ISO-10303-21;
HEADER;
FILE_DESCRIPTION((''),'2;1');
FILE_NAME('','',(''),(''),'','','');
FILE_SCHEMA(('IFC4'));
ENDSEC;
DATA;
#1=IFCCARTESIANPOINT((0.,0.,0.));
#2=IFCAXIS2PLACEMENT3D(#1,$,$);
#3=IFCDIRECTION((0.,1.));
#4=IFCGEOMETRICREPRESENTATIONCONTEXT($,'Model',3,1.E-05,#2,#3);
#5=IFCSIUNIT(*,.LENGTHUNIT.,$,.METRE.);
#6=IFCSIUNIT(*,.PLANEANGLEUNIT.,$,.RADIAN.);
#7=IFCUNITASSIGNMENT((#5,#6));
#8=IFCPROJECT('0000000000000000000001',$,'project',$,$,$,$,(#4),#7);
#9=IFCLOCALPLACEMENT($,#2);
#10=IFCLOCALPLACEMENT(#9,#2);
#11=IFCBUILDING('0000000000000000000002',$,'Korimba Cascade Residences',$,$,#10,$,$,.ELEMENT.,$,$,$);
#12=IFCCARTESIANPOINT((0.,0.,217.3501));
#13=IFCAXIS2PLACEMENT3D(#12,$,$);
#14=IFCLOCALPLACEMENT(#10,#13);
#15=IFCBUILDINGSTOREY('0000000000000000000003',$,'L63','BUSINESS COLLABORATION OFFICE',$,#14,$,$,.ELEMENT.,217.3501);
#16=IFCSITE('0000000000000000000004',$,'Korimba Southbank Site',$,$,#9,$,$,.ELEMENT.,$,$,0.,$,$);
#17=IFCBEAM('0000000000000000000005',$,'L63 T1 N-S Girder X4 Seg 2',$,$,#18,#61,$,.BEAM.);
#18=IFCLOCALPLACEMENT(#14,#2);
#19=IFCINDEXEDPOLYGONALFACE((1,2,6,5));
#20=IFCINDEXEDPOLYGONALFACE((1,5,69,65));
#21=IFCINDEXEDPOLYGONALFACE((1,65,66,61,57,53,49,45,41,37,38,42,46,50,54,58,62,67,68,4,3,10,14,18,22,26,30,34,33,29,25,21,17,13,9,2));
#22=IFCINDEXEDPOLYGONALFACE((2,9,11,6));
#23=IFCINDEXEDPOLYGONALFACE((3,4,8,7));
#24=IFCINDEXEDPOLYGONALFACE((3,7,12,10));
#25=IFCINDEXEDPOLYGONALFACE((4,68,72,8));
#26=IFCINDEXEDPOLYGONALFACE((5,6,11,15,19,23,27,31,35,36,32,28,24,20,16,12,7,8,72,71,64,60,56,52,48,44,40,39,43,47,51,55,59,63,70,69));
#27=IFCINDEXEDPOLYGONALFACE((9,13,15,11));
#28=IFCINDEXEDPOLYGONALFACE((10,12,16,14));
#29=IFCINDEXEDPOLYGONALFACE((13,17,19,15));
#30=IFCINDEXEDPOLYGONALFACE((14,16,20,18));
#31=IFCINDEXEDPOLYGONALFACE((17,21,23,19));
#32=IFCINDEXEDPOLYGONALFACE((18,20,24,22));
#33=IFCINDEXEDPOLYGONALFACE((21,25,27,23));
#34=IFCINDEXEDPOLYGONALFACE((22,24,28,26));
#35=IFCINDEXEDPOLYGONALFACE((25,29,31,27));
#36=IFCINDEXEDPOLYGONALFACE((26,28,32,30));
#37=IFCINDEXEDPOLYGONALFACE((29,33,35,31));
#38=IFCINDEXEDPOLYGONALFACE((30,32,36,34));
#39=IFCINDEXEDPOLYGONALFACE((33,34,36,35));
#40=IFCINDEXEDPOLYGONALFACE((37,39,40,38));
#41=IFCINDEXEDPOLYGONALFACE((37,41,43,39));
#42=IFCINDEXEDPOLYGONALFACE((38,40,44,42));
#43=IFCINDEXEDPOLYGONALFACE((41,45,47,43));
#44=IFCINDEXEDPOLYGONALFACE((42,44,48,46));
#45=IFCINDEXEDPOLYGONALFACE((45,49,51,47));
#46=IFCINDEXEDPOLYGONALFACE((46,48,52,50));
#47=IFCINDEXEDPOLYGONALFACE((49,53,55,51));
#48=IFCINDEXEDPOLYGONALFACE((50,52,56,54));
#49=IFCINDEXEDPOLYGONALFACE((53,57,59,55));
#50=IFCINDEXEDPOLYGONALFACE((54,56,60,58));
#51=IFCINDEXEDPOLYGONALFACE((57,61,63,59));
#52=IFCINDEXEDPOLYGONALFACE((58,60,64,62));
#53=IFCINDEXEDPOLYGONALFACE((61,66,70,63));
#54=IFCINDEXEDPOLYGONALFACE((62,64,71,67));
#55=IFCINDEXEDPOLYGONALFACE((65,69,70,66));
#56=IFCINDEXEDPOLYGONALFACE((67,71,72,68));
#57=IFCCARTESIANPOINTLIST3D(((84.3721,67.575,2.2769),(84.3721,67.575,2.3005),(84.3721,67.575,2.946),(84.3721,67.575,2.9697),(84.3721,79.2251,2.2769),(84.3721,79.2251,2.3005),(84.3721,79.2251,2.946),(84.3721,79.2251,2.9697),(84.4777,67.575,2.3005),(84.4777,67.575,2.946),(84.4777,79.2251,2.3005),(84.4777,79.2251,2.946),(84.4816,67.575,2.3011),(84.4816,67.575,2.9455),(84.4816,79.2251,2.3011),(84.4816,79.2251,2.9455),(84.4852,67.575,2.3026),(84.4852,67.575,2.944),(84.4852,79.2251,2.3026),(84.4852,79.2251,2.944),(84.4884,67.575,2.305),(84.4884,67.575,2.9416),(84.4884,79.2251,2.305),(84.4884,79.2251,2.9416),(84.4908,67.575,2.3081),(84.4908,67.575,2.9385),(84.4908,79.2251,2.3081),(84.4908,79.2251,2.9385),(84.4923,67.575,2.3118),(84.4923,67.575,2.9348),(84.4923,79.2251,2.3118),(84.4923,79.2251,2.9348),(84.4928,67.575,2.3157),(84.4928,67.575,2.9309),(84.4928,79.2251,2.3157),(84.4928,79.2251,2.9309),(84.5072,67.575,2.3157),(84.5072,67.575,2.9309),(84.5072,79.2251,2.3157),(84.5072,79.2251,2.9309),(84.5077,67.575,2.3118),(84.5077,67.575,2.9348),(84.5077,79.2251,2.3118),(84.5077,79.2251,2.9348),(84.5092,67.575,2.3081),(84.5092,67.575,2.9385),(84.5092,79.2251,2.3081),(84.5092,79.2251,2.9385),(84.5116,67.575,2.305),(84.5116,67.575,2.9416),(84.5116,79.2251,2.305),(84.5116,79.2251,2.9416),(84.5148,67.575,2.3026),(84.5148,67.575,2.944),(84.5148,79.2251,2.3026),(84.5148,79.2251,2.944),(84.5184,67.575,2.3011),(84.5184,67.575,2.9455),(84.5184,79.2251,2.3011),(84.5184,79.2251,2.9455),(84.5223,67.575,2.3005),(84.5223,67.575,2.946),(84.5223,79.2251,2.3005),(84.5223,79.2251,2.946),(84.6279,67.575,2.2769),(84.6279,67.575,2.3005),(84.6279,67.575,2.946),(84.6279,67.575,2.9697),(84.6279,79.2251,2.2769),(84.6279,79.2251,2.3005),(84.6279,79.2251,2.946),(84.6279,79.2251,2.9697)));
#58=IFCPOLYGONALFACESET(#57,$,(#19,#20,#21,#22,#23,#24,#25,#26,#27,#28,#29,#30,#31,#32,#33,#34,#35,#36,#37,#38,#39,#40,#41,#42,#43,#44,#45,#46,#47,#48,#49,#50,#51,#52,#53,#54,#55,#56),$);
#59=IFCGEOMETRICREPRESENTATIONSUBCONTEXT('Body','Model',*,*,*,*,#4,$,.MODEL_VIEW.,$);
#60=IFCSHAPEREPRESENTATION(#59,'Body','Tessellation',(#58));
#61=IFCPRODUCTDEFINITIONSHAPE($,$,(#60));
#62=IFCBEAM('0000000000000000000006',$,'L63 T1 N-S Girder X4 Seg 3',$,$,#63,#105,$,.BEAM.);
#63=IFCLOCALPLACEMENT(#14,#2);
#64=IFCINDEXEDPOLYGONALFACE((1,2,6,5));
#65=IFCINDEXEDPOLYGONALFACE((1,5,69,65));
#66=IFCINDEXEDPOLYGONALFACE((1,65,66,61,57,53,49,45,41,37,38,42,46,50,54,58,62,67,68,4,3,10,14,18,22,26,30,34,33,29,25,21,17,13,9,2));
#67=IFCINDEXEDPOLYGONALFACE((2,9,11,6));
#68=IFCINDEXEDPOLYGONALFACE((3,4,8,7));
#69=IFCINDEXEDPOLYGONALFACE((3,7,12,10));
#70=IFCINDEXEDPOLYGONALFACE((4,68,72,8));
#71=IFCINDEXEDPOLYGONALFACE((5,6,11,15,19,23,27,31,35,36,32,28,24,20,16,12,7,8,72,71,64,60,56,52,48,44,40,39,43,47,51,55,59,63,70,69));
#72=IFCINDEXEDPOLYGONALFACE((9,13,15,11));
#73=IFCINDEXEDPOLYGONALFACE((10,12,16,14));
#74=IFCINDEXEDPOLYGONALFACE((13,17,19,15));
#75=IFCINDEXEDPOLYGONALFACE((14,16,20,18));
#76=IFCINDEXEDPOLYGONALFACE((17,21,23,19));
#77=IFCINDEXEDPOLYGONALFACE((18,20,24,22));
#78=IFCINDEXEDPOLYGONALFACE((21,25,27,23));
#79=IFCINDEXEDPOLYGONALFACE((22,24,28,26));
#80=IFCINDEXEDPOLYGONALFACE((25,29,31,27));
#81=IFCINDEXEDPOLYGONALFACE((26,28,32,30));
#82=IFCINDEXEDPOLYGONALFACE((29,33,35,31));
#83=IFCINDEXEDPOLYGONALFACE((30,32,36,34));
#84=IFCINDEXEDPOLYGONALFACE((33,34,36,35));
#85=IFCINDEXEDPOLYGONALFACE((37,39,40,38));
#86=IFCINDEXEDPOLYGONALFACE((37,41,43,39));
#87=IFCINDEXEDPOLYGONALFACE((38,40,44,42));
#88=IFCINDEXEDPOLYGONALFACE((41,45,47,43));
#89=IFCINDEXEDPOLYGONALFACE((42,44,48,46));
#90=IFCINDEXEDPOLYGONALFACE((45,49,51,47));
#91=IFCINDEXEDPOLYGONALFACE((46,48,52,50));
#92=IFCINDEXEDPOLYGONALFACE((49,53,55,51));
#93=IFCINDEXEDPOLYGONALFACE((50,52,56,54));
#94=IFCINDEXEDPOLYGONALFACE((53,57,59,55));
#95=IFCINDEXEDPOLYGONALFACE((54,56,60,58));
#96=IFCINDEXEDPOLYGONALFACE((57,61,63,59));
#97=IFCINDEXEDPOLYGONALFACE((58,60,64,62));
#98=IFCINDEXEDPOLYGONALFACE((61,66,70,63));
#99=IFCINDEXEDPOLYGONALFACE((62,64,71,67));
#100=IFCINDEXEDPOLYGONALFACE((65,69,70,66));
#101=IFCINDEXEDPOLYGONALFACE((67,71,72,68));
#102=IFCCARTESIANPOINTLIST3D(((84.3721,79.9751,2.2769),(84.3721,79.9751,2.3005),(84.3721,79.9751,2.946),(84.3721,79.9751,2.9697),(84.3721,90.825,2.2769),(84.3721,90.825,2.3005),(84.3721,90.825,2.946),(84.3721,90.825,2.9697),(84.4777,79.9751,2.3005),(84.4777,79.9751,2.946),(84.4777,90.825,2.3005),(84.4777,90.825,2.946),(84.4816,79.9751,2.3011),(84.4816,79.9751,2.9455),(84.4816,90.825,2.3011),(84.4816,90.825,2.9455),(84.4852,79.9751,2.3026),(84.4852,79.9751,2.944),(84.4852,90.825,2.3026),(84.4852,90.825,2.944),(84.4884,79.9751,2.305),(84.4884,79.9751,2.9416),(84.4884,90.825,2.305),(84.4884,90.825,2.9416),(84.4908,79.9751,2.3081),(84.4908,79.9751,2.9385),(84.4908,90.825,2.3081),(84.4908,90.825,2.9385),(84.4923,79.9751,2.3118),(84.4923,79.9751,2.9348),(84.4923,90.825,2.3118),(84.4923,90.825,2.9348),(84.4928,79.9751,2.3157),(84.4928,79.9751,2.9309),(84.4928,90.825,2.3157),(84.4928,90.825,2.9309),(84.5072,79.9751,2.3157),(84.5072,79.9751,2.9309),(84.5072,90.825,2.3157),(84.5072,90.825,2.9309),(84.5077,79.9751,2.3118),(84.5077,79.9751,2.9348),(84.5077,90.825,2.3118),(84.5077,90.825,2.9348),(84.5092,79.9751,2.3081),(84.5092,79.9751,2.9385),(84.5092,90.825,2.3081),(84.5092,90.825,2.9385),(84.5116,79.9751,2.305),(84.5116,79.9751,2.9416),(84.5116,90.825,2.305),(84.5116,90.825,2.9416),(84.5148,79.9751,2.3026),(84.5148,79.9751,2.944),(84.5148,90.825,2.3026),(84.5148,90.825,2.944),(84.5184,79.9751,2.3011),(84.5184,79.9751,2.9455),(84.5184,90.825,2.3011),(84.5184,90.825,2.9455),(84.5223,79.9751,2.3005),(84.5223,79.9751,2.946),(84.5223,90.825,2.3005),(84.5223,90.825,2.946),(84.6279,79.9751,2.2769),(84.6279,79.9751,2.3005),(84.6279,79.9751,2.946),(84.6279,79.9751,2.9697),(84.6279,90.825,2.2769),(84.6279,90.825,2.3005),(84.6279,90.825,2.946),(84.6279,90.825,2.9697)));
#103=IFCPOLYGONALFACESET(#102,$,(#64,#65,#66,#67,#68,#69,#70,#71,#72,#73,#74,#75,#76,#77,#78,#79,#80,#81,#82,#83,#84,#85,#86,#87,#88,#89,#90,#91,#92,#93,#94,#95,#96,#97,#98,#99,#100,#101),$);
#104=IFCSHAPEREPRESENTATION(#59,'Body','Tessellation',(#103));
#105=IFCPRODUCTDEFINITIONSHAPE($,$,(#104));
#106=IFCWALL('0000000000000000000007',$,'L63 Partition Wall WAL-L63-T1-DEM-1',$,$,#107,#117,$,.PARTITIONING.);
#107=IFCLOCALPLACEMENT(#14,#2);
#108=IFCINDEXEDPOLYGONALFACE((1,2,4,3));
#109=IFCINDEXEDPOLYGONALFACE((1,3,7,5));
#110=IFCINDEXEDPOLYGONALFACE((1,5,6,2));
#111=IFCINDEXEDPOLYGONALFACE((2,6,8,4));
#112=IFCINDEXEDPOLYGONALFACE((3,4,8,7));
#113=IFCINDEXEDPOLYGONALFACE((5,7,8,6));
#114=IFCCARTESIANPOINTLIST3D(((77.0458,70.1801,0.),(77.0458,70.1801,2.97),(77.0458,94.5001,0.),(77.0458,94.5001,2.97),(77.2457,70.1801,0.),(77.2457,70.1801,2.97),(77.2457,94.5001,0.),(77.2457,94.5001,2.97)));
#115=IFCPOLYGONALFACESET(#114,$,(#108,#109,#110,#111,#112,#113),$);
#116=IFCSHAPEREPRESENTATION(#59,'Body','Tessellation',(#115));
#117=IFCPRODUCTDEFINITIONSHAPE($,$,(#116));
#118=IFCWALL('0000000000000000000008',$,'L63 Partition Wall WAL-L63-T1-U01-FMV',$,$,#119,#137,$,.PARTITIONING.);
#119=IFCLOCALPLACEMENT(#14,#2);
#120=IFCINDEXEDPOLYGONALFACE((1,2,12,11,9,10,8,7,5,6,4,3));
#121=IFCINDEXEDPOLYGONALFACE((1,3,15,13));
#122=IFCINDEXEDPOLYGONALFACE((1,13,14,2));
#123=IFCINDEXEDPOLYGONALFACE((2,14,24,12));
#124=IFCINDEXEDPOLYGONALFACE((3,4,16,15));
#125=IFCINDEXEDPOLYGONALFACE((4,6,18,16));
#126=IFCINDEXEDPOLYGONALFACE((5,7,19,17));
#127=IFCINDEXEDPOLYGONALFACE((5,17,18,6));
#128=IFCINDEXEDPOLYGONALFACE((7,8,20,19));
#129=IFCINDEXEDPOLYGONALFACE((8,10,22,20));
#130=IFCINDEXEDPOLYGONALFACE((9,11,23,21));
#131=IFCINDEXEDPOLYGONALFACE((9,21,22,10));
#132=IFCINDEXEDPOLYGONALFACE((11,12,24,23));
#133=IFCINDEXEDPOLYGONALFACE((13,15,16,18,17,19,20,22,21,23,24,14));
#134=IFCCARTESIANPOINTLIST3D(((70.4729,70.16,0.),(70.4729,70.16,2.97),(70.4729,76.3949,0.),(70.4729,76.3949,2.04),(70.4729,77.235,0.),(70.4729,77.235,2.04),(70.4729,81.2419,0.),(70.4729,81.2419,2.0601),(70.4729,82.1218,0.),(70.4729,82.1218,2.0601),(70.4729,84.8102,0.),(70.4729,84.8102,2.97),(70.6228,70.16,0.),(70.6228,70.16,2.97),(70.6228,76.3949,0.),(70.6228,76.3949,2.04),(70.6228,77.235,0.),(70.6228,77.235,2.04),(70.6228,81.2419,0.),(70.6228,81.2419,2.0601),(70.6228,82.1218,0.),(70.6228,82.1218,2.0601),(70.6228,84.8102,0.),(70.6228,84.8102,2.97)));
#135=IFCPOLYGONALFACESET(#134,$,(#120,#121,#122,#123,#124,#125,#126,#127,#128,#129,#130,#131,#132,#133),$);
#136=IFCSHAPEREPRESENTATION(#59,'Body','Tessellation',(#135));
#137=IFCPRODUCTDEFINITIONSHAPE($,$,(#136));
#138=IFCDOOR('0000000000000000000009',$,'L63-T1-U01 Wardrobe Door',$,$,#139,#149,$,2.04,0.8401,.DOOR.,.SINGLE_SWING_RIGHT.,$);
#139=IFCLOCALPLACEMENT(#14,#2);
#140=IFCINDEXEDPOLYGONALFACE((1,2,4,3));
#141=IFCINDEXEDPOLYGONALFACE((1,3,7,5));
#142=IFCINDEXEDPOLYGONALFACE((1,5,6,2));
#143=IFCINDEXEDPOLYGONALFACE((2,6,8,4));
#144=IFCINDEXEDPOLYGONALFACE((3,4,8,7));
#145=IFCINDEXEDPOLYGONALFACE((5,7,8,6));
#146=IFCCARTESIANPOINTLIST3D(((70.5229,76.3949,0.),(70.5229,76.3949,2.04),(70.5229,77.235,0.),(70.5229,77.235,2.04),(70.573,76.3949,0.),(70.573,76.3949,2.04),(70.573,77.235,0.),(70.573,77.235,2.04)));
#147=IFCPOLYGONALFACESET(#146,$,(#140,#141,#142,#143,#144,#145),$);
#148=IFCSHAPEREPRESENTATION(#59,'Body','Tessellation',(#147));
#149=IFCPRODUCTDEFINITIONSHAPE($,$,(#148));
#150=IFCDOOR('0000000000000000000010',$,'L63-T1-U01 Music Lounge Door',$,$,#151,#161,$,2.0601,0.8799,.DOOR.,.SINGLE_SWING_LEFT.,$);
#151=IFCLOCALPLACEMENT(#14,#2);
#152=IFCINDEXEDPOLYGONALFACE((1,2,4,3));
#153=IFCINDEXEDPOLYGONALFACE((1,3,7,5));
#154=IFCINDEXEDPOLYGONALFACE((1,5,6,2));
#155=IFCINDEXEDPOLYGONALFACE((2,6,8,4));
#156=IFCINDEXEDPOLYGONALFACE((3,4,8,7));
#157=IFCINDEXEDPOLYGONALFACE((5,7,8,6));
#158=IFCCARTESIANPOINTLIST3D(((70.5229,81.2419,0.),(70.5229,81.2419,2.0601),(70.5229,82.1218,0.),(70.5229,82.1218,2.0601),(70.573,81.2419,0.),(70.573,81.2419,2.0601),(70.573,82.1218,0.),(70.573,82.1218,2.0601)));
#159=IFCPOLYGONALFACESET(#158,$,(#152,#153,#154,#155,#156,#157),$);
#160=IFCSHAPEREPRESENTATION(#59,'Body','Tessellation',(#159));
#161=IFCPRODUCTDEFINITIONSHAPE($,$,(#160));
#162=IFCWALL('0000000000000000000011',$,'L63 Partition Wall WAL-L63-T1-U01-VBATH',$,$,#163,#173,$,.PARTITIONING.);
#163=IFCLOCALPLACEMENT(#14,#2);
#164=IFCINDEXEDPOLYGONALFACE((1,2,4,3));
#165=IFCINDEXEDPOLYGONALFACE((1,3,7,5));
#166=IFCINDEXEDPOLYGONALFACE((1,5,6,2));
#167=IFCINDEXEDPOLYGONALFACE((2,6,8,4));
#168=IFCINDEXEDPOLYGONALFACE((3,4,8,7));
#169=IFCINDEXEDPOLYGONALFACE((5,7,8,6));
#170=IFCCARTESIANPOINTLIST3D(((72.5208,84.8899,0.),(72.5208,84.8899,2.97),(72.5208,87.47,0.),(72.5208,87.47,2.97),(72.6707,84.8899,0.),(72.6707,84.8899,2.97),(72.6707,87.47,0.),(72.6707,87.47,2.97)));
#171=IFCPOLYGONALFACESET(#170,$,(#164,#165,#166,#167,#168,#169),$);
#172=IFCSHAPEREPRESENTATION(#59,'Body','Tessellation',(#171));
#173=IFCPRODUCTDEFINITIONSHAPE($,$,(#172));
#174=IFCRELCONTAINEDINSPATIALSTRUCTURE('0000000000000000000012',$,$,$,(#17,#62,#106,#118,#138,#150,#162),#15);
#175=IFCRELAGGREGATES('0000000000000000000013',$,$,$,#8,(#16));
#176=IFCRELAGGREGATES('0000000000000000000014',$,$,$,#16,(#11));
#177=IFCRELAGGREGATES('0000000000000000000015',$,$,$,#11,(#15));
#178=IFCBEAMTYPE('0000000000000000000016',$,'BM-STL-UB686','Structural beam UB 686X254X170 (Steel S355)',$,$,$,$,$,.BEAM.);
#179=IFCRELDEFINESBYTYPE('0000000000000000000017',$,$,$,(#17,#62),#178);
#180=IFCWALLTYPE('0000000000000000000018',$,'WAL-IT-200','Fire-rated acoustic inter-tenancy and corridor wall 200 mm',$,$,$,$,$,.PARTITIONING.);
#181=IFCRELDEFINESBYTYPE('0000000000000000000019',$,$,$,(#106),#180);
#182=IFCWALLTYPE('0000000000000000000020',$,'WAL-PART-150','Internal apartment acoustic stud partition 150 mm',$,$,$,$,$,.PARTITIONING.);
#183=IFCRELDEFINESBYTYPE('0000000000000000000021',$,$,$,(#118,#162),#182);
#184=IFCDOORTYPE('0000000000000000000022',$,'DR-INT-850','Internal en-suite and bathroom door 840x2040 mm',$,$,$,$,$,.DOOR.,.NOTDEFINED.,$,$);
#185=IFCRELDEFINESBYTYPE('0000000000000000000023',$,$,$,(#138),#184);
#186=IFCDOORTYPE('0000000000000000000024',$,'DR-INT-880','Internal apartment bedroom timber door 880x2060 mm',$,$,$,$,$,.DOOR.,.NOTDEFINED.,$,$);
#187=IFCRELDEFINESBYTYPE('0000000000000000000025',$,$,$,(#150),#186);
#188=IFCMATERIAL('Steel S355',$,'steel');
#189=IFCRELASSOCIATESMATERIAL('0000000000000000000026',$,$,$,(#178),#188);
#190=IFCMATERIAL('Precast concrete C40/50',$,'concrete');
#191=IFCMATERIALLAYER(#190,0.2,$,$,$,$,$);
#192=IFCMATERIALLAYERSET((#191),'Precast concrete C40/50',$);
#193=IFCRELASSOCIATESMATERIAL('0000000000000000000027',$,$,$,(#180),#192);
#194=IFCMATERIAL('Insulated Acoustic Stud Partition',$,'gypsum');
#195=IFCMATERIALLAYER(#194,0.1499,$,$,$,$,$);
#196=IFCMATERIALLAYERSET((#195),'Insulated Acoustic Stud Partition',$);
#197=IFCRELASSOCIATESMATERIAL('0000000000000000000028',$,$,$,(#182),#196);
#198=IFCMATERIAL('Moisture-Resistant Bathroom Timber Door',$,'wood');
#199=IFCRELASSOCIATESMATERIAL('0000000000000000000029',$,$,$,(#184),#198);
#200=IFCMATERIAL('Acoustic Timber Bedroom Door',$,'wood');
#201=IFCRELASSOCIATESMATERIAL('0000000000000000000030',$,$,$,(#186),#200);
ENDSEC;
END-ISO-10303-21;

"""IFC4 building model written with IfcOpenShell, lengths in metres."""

from ifc_helpers import new_model, si_unit, direction, frame, frame_2d, origin, origin_2d, place, context, subcontext, project, spatial, rectangle, i_section, extrude, material, layer, layer_set, material_profile, profile_set, type_object, element, fill, save


model = new_model("IFC4")

# Units and contexts
model_context = context("Model", 3, precision=1e-05, world=origin(), true_north=direction((0.0, 1.0)))
body_context = subcontext(model_context, "Body", "Model", "MODEL_VIEW")
ifc_project = project(units=[si_unit("LENGTHUNIT", "METRE"), si_unit("PLANEANGLEUNIT", "RADIAN")], contexts=[model_context])

# Site, building, storey
site_placement = place(None, origin())
site = spatial("IfcSite", under=ifc_project, at=site_placement, Name="Korimba Southbank Site", CompositionType="ELEMENT", RefElevation=0.0)
building_placement = place(site_placement, origin())
building = spatial("IfcBuilding", under=site, at=building_placement, Name="Korimba Cascade Residences", CompositionType="ELEMENT")
storey_placement = place(building_placement, frame((0.0, 0.0, 217.3501)))
storey = spatial("IfcBuildingStorey", under=building, at=storey_placement, Name="L63", Description="BUSINESS COLLABORATION OFFICE", CompositionType="ELEMENT", Elevation=217.3501)

# Beams
ifc_material_1 = material(Name="Steel S355", Category="steel")
ifc_material_profile_1 = material_profile(ifc_material_1, i_section(OverallWidth=0.2559, OverallDepth=0.6929, WebThickness=0.0144, FlangeThickness=0.0237, FilletRadius=0.0151, at=origin_2d()), Name="Steel S355")
ifc_profile_set_1 = profile_set([ifc_material_profile_1], Name="Steel S355")
beam_type_1 = type_object("IfcBeamType", Name="BM-STL-UB686", Description="Structural beam UB 686X254X170 (Steel S355)", PredefinedType="BEAM", material=ifc_profile_set_1)
beam_1_placement = place(storey_placement, frame((84.5, 67.575, 2.6233), z_axis=(0.0, 1.0, 0.0), x_axis=(-1.0, 0.0, 0.0)))
element("IfcBeam", 1, at=beam_1_placement, inside=storey, type_object=beam_type_1, Name="L63 T1 N-S Girder X4 Seg 2", PredefinedType="BEAM", context=body_context, shape_type="SweptSolid", body=[
    extrude(i_section(OverallWidth=0.2559, OverallDepth=0.6929, WebThickness=0.0144, FlangeThickness=0.0237, FilletRadius=0.0151, at=origin_2d()), origin(), (0.0, 0.0, 1.0), 11.6501),
])
beam_2_placement = place(storey_placement, frame((84.5, 79.9751, 2.6233), z_axis=(0.0, 1.0, 0.0), x_axis=(-1.0, 0.0, 0.0)))
element("IfcBeam", 2, at=beam_2_placement, inside=storey, type_object=beam_type_1, Name="L63 T1 N-S Girder X4 Seg 3", PredefinedType="BEAM", context=body_context, shape_type="SweptSolid", body=[
    extrude(i_section(OverallWidth=0.2559, OverallDepth=0.6929, WebThickness=0.0144, FlangeThickness=0.0237, FilletRadius=0.0151, at=origin_2d()), origin(), (0.0, 0.0, 1.0), 10.8499),
])

# Wall
ifc_material_2 = material(Name="Precast concrete C40/50", Category="concrete")
ifc_layer_1 = layer(ifc_material_2, 0.2)
ifc_layer_set_1 = layer_set([ifc_layer_1], Name="Precast concrete C40/50")
wall_type_1 = type_object("IfcWallType", Name="WAL-IT-200", Description="Fire-rated acoustic inter-tenancy and corridor wall 200 mm", PredefinedType="PARTITIONING", material=ifc_layer_set_1)
wall_1_placement = place(storey_placement, frame((77.1458, 70.1799, 0.0), z_axis=(0.0, 0.0, 1.0), x_axis=(0.0, 1.0, 0.0)))
element("IfcWall", 3, at=wall_1_placement, inside=storey, type_object=wall_type_1, Name="L63 Partition Wall WAL-L63-T1-DEM-1", PredefinedType="PARTITIONING", context=body_context, shape_type="SweptSolid", body=[
    extrude(rectangle(XDim=24.3201, YDim=0.2, at=frame_2d((12.1602, 0.0))), origin(), (0.0, 0.0, 1.0), 2.97),
])

# Wall, openings, doors
ifc_material_3 = material(Name="Insulated Acoustic Stud Partition", Category="gypsum")
ifc_layer_2 = layer(ifc_material_3, 0.1499)
ifc_layer_set_2 = layer_set([ifc_layer_2], Name="Insulated Acoustic Stud Partition")
wall_type_2 = type_object("IfcWallType", Name="WAL-PART-150", Description="Internal apartment acoustic stud partition 150 mm", PredefinedType="PARTITIONING", material=ifc_layer_set_2)
wall_2_placement = place(storey_placement, frame((70.5479, 70.1599, 0.0), z_axis=(0.0, 0.0, 1.0), x_axis=(0.0, 1.0, 0.0)))
wall_2 = element("IfcWall", 4, at=wall_2_placement, inside=storey, type_object=wall_type_2, Name="L63 Partition Wall WAL-L63-T1-U01-FMV", PredefinedType="PARTITIONING", context=body_context, shape_type="SweptSolid", body=[
    extrude(rectangle(XDim=14.6501, YDim=0.1499, at=frame_2d((7.3252, 0.0))), origin(), (0.0, 0.0, 1.0), 2.97),
])
opening_1_placement = place(wall_2_placement, frame((6.2351, 0.0, 0.0)))
opening_1 = element("IfcOpeningElement", 5, at=opening_1_placement, cuts=wall_2, PredefinedType="OPENING", context=body_context, shape_type="SweptSolid", body=[
    extrude(rectangle(XDim=0.8401, YDim=2.04, at=frame_2d((0.4199, 1.02))), frame((0.0, 0.085, 0.0), z_axis=(0.0, -1.0, 0.0), x_axis=(1.0, 0.0, 0.0)), (0.0, 0.0, 1.0), 0.1699),
])
opening_2_placement = place(wall_2_placement, frame((11.082, 0.0, 0.0)))
opening_2 = element("IfcOpeningElement", 6, at=opening_2_placement, cuts=wall_2, PredefinedType="OPENING", context=body_context, shape_type="SweptSolid", body=[
    extrude(rectangle(XDim=0.8799, YDim=2.0601, at=frame_2d((0.4399, 1.03))), frame((0.0, 0.085, 0.0), z_axis=(0.0, -1.0, 0.0), x_axis=(1.0, 0.0, 0.0)), (0.0, 0.0, 1.0), 0.1699),
])
ifc_material_4 = material(Name="Moisture-Resistant Bathroom Timber Door", Category="wood")
door_type_1 = type_object("IfcDoorType", Name="DR-INT-850", Description="Internal en-suite and bathroom door 840x2040 mm", OperationType="NOTDEFINED", PredefinedType="DOOR", material=ifc_material_4)
door_1_placement = place(opening_1_placement, origin())
door_1 = element("IfcDoor", 7, at=door_1_placement, inside=storey, type_object=door_type_1, Name="L63-T1-U01 Wardrobe Door", OperationType="SINGLE_SWING_RIGHT", OverallHeight=2.04, OverallWidth=0.8401, PredefinedType="DOOR", context=body_context, shape_type="SweptSolid", body=[
    extrude(rectangle(XDim=0.8401, YDim=2.04, at=frame_2d((0.4199, 1.02))), frame((0.0, 0.0249, 0.0), z_axis=(0.0, -1.0, 0.0), x_axis=(1.0, 0.0, 0.0)), (0.0, 0.0, 1.0), 0.05),
])
fill(opening_1, door_1)
ifc_material_5 = material(Name="Acoustic Timber Bedroom Door", Category="wood")
door_type_2 = type_object("IfcDoorType", Name="DR-INT-880", Description="Internal apartment bedroom timber door 880x2060 mm", OperationType="NOTDEFINED", PredefinedType="DOOR", material=ifc_material_5)
door_2_placement = place(opening_2_placement, origin())
door_2 = element("IfcDoor", 8, at=door_2_placement, inside=storey, type_object=door_type_2, Name="L63-T1-U01 Music Lounge Door", OperationType="SINGLE_SWING_LEFT", OverallHeight=2.0601, OverallWidth=0.8799, PredefinedType="DOOR", context=body_context, shape_type="SweptSolid", body=[
    extrude(rectangle(XDim=0.8799, YDim=2.0601, at=frame_2d((0.4399, 1.03))), frame((0.0, 0.0249, 0.0), z_axis=(0.0, -1.0, 0.0), x_axis=(1.0, 0.0, 0.0)), (0.0, 0.0, 1.0), 0.05),
])
fill(opening_2, door_2)

# Wall
wall_3_placement = place(storey_placement, frame((72.5957, 84.8899, 0.0), z_axis=(0.0, 0.0, 1.0), x_axis=(0.0, 1.0, 0.0)))
element("IfcWall", 9, at=wall_3_placement, inside=storey, type_object=wall_type_2, Name="L63 Partition Wall WAL-L63-T1-U01-VBATH", PredefinedType="PARTITIONING", context=body_context, shape_type="SweptSolid", body=[
    extrude(rectangle(XDim=2.5801, YDim=0.1499, at=frame_2d((1.29, 0.0))), origin(), (0.0, 0.0, 1.0), 2.97),
])

save(model, "model.ifc")
